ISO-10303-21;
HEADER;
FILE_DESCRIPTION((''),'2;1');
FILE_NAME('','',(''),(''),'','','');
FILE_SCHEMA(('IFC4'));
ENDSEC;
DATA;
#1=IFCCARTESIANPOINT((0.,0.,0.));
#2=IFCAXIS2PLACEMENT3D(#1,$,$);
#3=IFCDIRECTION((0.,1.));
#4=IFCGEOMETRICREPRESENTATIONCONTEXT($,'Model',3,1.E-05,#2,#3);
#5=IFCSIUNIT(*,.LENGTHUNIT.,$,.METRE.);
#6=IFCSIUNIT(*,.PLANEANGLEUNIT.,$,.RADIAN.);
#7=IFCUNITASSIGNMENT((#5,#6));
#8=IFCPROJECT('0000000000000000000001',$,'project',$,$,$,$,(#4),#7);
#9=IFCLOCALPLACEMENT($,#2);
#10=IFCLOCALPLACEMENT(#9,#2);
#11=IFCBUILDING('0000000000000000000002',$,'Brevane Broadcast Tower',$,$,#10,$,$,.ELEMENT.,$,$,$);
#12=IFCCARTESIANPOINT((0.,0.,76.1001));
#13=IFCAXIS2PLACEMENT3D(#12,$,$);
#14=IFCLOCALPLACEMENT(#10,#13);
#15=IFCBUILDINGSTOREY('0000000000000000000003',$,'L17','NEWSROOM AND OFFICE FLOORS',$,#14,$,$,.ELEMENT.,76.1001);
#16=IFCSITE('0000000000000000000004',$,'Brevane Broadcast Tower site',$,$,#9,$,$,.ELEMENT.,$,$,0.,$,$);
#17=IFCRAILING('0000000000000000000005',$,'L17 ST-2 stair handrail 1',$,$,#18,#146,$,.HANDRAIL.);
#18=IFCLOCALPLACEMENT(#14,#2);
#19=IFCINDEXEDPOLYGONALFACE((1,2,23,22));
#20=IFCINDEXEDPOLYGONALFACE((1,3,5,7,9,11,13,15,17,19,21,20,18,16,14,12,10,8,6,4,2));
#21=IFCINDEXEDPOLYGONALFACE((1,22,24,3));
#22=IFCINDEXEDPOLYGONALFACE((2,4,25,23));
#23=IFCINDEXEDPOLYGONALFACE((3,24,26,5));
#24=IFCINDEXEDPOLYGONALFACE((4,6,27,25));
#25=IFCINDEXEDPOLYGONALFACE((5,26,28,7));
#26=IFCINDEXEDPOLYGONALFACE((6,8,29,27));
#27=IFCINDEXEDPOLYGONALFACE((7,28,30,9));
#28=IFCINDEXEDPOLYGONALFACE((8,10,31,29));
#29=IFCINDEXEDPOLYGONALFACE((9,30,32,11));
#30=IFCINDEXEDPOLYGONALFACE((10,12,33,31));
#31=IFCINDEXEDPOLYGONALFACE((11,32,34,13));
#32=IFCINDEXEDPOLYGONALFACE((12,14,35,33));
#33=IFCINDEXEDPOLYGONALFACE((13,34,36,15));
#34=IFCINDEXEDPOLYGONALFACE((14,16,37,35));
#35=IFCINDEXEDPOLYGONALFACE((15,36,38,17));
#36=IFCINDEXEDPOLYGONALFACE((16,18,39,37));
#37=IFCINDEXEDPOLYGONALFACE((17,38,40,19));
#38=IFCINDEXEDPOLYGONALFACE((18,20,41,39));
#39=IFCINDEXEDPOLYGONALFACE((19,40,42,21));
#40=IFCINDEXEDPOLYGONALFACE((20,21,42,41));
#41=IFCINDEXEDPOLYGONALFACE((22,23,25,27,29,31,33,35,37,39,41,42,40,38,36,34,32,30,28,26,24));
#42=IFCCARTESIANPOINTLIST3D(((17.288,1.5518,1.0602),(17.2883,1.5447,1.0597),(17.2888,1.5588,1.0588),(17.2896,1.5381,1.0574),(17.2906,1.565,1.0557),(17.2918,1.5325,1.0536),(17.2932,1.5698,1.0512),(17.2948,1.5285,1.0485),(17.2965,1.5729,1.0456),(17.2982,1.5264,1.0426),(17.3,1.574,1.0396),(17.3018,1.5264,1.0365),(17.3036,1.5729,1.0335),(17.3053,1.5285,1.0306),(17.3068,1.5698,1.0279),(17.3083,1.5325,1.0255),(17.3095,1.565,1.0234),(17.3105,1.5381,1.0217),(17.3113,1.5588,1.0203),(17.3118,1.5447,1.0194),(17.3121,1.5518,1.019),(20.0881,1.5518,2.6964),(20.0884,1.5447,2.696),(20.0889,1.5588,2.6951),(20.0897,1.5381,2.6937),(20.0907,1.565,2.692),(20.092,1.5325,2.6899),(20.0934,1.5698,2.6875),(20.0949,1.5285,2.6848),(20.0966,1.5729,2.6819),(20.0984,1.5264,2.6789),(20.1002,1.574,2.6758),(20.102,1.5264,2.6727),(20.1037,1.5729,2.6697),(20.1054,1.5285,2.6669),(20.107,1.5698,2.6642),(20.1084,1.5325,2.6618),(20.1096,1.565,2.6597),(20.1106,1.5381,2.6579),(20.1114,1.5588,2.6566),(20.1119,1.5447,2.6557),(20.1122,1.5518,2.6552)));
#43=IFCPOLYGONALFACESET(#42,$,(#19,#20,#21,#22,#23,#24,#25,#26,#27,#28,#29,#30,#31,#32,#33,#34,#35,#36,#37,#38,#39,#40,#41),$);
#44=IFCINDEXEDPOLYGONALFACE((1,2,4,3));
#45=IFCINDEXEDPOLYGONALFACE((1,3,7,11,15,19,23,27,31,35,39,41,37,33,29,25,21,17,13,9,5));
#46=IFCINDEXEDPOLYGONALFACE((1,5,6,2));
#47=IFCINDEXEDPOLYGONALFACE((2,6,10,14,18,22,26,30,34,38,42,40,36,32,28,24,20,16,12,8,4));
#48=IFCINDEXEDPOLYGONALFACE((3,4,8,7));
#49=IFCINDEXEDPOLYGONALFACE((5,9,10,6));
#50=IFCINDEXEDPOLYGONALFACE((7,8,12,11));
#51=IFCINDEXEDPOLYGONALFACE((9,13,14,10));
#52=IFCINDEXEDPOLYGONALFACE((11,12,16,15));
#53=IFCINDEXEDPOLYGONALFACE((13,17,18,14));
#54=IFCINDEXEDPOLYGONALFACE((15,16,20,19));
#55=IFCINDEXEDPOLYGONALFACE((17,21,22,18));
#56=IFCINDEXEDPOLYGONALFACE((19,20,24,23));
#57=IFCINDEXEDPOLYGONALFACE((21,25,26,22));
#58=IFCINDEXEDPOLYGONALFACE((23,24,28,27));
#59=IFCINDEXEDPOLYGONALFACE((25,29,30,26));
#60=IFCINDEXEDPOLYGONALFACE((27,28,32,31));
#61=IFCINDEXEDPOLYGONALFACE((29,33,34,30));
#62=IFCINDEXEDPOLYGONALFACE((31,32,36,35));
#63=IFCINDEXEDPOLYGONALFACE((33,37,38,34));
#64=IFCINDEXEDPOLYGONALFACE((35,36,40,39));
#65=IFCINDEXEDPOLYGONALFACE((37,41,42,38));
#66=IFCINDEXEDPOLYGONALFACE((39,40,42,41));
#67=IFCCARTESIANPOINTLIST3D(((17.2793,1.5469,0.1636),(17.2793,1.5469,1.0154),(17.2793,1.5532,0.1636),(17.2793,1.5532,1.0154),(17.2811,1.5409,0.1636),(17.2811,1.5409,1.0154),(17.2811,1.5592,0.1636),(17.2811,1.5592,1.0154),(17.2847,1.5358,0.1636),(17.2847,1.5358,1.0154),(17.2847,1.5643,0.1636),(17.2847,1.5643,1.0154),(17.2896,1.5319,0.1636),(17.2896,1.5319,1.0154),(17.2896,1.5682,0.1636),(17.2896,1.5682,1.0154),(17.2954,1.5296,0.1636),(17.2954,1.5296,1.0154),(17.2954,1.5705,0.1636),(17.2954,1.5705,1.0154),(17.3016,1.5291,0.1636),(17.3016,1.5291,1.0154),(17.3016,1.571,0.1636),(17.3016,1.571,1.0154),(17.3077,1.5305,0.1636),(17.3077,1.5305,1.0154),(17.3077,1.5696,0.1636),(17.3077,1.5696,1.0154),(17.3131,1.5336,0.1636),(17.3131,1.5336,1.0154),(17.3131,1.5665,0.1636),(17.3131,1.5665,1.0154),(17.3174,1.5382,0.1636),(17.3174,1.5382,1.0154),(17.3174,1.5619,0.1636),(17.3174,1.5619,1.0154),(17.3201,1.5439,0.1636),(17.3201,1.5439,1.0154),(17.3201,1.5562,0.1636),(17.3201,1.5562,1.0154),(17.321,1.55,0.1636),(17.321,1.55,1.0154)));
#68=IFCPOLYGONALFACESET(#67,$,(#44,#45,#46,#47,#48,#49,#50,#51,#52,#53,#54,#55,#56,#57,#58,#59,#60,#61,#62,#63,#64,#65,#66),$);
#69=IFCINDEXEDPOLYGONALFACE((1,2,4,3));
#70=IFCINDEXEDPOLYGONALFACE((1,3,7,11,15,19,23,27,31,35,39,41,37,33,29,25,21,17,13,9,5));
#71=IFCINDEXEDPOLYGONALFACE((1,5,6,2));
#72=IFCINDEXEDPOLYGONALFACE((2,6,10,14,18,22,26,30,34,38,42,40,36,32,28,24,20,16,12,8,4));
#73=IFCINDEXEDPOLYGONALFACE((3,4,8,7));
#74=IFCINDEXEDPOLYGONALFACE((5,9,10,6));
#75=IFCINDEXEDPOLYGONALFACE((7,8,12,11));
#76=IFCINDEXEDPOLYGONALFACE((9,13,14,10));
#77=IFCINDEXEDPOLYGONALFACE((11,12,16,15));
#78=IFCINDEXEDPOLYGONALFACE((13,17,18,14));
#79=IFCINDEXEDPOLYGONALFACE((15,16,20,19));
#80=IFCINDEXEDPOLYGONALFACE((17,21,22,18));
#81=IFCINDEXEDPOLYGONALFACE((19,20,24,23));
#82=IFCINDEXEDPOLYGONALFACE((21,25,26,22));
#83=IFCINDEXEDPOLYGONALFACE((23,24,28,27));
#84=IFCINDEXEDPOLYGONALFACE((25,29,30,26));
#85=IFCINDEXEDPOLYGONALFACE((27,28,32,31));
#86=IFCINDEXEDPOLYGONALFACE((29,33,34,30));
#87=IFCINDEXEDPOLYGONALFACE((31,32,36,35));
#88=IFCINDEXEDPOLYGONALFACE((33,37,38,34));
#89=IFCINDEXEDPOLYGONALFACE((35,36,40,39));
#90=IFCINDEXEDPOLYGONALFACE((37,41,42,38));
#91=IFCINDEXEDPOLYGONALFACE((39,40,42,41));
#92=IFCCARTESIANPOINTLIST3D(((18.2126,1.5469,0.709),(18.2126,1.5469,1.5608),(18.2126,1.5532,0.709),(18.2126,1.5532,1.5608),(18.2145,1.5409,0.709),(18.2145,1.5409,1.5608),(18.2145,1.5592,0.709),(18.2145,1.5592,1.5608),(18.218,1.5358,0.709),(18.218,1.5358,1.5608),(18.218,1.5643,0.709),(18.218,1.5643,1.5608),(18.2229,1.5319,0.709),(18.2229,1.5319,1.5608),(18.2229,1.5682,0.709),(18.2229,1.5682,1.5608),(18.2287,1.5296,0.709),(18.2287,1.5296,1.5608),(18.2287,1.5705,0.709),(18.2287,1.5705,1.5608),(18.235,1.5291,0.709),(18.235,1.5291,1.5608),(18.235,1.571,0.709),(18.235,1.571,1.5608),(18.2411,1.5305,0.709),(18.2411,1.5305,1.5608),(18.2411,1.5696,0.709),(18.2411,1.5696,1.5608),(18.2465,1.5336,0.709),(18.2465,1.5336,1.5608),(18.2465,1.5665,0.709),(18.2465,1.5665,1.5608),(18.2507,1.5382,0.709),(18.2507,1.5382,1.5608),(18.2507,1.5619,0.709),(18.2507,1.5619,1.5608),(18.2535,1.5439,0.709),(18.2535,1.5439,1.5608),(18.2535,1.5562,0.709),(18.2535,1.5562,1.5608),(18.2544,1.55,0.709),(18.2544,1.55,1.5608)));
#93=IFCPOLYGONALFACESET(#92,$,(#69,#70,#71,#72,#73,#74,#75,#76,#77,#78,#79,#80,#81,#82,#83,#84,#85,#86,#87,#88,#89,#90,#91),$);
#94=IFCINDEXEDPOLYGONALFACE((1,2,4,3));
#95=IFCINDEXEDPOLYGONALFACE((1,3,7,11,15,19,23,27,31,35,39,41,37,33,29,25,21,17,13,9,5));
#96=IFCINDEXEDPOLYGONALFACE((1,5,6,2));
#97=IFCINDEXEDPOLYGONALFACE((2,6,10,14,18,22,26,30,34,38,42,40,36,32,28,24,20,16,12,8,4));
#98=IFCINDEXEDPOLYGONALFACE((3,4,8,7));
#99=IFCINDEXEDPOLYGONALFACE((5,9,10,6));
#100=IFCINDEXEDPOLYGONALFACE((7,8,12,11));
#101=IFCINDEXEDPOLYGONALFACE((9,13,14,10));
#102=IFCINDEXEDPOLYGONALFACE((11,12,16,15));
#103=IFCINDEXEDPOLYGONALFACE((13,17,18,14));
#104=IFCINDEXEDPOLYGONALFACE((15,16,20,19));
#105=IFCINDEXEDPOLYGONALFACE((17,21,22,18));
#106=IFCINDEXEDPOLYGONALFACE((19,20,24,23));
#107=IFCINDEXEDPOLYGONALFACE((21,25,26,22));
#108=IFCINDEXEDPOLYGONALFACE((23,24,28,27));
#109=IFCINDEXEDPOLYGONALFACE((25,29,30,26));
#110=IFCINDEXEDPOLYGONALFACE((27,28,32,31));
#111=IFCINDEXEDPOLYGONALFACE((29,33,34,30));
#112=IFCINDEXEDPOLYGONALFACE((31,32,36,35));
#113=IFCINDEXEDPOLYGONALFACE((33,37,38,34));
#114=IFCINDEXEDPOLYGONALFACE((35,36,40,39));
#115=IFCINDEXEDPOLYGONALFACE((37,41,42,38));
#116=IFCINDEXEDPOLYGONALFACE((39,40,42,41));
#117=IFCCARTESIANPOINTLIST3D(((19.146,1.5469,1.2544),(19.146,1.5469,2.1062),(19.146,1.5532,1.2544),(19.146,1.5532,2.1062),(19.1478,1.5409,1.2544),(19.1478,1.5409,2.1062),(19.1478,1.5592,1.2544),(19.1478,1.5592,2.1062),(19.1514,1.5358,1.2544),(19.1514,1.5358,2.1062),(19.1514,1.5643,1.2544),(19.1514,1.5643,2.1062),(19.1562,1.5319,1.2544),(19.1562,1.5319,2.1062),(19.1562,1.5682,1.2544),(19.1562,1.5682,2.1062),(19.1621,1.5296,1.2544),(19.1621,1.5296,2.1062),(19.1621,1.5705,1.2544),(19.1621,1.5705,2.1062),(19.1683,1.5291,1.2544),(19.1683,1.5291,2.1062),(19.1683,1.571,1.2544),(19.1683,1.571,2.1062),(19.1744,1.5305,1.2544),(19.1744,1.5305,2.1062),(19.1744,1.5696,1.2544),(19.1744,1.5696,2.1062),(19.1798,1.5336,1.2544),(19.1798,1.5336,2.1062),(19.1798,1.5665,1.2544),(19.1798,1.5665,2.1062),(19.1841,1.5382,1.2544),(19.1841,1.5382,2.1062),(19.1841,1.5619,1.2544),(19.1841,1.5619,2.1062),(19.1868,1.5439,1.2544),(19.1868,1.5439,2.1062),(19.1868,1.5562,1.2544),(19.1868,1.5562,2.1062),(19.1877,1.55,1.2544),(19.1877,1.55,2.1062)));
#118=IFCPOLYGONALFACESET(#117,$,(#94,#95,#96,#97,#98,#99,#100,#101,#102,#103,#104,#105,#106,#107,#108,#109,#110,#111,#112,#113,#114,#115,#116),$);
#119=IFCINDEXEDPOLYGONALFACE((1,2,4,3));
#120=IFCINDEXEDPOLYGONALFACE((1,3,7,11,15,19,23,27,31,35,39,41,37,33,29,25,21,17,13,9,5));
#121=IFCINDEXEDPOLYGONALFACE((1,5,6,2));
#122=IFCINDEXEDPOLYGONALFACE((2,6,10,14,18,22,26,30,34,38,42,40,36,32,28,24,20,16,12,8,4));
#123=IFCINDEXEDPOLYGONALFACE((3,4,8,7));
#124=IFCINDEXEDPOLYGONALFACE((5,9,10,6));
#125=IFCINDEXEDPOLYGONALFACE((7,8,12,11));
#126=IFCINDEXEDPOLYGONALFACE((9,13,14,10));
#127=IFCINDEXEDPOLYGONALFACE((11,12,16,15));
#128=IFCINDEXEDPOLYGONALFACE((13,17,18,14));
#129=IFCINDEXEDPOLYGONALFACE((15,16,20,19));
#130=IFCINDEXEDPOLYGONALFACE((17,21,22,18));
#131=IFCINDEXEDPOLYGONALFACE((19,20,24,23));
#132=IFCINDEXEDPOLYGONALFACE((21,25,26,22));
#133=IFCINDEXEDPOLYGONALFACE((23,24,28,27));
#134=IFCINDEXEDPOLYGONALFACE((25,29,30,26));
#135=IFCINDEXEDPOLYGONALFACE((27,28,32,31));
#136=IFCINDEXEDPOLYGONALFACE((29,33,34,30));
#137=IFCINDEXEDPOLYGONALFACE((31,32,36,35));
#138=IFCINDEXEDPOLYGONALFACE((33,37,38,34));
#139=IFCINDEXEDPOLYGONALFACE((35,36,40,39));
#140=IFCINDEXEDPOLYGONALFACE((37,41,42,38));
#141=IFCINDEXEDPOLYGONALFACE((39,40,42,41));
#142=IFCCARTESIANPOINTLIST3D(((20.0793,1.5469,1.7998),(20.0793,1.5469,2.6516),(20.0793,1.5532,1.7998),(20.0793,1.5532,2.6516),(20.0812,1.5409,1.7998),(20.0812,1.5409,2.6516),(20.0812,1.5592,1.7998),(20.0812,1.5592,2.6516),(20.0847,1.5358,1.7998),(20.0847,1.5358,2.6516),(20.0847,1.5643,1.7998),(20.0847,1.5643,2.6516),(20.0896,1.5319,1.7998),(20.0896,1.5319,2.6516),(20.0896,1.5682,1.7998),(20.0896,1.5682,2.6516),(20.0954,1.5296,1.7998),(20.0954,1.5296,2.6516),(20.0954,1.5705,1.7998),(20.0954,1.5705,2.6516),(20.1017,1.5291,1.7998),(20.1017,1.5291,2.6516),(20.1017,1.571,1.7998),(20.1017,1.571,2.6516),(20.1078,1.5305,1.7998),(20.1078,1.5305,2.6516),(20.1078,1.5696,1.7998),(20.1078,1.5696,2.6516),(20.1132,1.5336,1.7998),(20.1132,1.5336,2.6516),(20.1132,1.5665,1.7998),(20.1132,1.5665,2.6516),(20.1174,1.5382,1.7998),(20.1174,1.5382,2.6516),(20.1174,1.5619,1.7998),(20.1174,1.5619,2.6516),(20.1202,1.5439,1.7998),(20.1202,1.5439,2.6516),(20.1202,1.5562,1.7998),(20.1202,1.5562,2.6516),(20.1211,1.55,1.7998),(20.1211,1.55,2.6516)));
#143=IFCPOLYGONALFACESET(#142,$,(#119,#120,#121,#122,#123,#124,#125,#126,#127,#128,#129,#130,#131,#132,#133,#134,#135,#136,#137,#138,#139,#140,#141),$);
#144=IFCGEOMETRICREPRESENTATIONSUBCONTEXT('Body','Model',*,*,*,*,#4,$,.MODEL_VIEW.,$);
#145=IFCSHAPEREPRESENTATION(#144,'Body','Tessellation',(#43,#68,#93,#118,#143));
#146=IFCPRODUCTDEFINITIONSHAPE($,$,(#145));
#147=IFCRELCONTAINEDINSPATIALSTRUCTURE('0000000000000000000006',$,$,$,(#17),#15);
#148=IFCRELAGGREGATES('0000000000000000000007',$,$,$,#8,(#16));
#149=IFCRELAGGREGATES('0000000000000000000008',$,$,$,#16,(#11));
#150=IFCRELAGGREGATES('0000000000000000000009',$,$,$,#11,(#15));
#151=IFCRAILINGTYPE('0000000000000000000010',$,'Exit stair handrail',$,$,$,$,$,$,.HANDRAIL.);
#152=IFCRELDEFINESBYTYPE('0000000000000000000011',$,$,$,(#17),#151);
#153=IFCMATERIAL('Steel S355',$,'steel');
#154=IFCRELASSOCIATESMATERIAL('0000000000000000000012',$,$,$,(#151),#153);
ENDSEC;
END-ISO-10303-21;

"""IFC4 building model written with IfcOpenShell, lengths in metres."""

from ifc_helpers import new_model, si_unit, direction, frame, origin, origin_2d, place, context, subcontext, project, spatial, circle, extrude, material, type_object, element, save


model = new_model("IFC4")

# Units and contexts
model_context = context("Model", 3, precision=1e-05, world=origin(), true_north=direction((0.0, 1.0)))
body_context = subcontext(model_context, "Body", "Model", "MODEL_VIEW")
ifc_project = project(units=[si_unit("LENGTHUNIT", "METRE"), si_unit("PLANEANGLEUNIT", "RADIAN")], contexts=[model_context])

# Site, building, storey
site_placement = place(None, origin())
site = spatial("IfcSite", under=ifc_project, at=site_placement, Name="Brevane Broadcast Tower site", CompositionType="ELEMENT", RefElevation=0.0)
building_placement = place(site_placement, origin())
building = spatial("IfcBuilding", under=site, at=building_placement, Name="Brevane Broadcast Tower", CompositionType="ELEMENT")
storey_placement = place(building_placement, frame((0.0, 0.0, 76.1001)))
storey = spatial("IfcBuildingStorey", under=building, at=storey_placement, Name="L17", Description="NEWSROOM AND OFFICE FLOORS", CompositionType="ELEMENT", Elevation=76.1001)

# Railing
ifc_material_1 = material(Name="Steel S355", Category="steel")
railing_type_1 = type_object("IfcRailingType", Name="Exit stair handrail", PredefinedType="HANDRAIL", material=ifc_material_1)
railing_1_placement = place(storey_placement, frame((17.3, 1.55, 0.1636)))
element("IfcRailing", 1, at=railing_1_placement, inside=storey, type_object=railing_type_1, Name="L17 ST-2 stair handrail 1", PredefinedType="HANDRAIL", context=body_context, shape_type="SweptSolid", body=[
    extrude(circle(Radius=0.0239, at=origin_2d()), frame((0.0, 0.0, 0.876), z_axis=(0.863394, 0.0, 0.504531), x_axis=(0.0, 1.0, 0.0)), (0.0, 0.0, 1.0), 3.2432),
    extrude(circle(Radius=0.021, at=origin_2d()), origin(), (0.0, 0.0, 1.0), 0.8518),
    extrude(circle(Radius=0.021, at=origin_2d()), frame((0.9333, 0.0, 0.5454)), (0.0, 0.0, 1.0), 0.8518),
    extrude(circle(Radius=0.021, at=origin_2d()), frame((1.8667, 0.0, 1.0908)), (0.0, 0.0, 1.0), 0.8518),
    extrude(circle(Radius=0.021, at=origin_2d()), frame((2.8, 0.0, 1.6362)), (0.0, 0.0, 1.0), 0.8518),
])

save(model, "model.ifc")
